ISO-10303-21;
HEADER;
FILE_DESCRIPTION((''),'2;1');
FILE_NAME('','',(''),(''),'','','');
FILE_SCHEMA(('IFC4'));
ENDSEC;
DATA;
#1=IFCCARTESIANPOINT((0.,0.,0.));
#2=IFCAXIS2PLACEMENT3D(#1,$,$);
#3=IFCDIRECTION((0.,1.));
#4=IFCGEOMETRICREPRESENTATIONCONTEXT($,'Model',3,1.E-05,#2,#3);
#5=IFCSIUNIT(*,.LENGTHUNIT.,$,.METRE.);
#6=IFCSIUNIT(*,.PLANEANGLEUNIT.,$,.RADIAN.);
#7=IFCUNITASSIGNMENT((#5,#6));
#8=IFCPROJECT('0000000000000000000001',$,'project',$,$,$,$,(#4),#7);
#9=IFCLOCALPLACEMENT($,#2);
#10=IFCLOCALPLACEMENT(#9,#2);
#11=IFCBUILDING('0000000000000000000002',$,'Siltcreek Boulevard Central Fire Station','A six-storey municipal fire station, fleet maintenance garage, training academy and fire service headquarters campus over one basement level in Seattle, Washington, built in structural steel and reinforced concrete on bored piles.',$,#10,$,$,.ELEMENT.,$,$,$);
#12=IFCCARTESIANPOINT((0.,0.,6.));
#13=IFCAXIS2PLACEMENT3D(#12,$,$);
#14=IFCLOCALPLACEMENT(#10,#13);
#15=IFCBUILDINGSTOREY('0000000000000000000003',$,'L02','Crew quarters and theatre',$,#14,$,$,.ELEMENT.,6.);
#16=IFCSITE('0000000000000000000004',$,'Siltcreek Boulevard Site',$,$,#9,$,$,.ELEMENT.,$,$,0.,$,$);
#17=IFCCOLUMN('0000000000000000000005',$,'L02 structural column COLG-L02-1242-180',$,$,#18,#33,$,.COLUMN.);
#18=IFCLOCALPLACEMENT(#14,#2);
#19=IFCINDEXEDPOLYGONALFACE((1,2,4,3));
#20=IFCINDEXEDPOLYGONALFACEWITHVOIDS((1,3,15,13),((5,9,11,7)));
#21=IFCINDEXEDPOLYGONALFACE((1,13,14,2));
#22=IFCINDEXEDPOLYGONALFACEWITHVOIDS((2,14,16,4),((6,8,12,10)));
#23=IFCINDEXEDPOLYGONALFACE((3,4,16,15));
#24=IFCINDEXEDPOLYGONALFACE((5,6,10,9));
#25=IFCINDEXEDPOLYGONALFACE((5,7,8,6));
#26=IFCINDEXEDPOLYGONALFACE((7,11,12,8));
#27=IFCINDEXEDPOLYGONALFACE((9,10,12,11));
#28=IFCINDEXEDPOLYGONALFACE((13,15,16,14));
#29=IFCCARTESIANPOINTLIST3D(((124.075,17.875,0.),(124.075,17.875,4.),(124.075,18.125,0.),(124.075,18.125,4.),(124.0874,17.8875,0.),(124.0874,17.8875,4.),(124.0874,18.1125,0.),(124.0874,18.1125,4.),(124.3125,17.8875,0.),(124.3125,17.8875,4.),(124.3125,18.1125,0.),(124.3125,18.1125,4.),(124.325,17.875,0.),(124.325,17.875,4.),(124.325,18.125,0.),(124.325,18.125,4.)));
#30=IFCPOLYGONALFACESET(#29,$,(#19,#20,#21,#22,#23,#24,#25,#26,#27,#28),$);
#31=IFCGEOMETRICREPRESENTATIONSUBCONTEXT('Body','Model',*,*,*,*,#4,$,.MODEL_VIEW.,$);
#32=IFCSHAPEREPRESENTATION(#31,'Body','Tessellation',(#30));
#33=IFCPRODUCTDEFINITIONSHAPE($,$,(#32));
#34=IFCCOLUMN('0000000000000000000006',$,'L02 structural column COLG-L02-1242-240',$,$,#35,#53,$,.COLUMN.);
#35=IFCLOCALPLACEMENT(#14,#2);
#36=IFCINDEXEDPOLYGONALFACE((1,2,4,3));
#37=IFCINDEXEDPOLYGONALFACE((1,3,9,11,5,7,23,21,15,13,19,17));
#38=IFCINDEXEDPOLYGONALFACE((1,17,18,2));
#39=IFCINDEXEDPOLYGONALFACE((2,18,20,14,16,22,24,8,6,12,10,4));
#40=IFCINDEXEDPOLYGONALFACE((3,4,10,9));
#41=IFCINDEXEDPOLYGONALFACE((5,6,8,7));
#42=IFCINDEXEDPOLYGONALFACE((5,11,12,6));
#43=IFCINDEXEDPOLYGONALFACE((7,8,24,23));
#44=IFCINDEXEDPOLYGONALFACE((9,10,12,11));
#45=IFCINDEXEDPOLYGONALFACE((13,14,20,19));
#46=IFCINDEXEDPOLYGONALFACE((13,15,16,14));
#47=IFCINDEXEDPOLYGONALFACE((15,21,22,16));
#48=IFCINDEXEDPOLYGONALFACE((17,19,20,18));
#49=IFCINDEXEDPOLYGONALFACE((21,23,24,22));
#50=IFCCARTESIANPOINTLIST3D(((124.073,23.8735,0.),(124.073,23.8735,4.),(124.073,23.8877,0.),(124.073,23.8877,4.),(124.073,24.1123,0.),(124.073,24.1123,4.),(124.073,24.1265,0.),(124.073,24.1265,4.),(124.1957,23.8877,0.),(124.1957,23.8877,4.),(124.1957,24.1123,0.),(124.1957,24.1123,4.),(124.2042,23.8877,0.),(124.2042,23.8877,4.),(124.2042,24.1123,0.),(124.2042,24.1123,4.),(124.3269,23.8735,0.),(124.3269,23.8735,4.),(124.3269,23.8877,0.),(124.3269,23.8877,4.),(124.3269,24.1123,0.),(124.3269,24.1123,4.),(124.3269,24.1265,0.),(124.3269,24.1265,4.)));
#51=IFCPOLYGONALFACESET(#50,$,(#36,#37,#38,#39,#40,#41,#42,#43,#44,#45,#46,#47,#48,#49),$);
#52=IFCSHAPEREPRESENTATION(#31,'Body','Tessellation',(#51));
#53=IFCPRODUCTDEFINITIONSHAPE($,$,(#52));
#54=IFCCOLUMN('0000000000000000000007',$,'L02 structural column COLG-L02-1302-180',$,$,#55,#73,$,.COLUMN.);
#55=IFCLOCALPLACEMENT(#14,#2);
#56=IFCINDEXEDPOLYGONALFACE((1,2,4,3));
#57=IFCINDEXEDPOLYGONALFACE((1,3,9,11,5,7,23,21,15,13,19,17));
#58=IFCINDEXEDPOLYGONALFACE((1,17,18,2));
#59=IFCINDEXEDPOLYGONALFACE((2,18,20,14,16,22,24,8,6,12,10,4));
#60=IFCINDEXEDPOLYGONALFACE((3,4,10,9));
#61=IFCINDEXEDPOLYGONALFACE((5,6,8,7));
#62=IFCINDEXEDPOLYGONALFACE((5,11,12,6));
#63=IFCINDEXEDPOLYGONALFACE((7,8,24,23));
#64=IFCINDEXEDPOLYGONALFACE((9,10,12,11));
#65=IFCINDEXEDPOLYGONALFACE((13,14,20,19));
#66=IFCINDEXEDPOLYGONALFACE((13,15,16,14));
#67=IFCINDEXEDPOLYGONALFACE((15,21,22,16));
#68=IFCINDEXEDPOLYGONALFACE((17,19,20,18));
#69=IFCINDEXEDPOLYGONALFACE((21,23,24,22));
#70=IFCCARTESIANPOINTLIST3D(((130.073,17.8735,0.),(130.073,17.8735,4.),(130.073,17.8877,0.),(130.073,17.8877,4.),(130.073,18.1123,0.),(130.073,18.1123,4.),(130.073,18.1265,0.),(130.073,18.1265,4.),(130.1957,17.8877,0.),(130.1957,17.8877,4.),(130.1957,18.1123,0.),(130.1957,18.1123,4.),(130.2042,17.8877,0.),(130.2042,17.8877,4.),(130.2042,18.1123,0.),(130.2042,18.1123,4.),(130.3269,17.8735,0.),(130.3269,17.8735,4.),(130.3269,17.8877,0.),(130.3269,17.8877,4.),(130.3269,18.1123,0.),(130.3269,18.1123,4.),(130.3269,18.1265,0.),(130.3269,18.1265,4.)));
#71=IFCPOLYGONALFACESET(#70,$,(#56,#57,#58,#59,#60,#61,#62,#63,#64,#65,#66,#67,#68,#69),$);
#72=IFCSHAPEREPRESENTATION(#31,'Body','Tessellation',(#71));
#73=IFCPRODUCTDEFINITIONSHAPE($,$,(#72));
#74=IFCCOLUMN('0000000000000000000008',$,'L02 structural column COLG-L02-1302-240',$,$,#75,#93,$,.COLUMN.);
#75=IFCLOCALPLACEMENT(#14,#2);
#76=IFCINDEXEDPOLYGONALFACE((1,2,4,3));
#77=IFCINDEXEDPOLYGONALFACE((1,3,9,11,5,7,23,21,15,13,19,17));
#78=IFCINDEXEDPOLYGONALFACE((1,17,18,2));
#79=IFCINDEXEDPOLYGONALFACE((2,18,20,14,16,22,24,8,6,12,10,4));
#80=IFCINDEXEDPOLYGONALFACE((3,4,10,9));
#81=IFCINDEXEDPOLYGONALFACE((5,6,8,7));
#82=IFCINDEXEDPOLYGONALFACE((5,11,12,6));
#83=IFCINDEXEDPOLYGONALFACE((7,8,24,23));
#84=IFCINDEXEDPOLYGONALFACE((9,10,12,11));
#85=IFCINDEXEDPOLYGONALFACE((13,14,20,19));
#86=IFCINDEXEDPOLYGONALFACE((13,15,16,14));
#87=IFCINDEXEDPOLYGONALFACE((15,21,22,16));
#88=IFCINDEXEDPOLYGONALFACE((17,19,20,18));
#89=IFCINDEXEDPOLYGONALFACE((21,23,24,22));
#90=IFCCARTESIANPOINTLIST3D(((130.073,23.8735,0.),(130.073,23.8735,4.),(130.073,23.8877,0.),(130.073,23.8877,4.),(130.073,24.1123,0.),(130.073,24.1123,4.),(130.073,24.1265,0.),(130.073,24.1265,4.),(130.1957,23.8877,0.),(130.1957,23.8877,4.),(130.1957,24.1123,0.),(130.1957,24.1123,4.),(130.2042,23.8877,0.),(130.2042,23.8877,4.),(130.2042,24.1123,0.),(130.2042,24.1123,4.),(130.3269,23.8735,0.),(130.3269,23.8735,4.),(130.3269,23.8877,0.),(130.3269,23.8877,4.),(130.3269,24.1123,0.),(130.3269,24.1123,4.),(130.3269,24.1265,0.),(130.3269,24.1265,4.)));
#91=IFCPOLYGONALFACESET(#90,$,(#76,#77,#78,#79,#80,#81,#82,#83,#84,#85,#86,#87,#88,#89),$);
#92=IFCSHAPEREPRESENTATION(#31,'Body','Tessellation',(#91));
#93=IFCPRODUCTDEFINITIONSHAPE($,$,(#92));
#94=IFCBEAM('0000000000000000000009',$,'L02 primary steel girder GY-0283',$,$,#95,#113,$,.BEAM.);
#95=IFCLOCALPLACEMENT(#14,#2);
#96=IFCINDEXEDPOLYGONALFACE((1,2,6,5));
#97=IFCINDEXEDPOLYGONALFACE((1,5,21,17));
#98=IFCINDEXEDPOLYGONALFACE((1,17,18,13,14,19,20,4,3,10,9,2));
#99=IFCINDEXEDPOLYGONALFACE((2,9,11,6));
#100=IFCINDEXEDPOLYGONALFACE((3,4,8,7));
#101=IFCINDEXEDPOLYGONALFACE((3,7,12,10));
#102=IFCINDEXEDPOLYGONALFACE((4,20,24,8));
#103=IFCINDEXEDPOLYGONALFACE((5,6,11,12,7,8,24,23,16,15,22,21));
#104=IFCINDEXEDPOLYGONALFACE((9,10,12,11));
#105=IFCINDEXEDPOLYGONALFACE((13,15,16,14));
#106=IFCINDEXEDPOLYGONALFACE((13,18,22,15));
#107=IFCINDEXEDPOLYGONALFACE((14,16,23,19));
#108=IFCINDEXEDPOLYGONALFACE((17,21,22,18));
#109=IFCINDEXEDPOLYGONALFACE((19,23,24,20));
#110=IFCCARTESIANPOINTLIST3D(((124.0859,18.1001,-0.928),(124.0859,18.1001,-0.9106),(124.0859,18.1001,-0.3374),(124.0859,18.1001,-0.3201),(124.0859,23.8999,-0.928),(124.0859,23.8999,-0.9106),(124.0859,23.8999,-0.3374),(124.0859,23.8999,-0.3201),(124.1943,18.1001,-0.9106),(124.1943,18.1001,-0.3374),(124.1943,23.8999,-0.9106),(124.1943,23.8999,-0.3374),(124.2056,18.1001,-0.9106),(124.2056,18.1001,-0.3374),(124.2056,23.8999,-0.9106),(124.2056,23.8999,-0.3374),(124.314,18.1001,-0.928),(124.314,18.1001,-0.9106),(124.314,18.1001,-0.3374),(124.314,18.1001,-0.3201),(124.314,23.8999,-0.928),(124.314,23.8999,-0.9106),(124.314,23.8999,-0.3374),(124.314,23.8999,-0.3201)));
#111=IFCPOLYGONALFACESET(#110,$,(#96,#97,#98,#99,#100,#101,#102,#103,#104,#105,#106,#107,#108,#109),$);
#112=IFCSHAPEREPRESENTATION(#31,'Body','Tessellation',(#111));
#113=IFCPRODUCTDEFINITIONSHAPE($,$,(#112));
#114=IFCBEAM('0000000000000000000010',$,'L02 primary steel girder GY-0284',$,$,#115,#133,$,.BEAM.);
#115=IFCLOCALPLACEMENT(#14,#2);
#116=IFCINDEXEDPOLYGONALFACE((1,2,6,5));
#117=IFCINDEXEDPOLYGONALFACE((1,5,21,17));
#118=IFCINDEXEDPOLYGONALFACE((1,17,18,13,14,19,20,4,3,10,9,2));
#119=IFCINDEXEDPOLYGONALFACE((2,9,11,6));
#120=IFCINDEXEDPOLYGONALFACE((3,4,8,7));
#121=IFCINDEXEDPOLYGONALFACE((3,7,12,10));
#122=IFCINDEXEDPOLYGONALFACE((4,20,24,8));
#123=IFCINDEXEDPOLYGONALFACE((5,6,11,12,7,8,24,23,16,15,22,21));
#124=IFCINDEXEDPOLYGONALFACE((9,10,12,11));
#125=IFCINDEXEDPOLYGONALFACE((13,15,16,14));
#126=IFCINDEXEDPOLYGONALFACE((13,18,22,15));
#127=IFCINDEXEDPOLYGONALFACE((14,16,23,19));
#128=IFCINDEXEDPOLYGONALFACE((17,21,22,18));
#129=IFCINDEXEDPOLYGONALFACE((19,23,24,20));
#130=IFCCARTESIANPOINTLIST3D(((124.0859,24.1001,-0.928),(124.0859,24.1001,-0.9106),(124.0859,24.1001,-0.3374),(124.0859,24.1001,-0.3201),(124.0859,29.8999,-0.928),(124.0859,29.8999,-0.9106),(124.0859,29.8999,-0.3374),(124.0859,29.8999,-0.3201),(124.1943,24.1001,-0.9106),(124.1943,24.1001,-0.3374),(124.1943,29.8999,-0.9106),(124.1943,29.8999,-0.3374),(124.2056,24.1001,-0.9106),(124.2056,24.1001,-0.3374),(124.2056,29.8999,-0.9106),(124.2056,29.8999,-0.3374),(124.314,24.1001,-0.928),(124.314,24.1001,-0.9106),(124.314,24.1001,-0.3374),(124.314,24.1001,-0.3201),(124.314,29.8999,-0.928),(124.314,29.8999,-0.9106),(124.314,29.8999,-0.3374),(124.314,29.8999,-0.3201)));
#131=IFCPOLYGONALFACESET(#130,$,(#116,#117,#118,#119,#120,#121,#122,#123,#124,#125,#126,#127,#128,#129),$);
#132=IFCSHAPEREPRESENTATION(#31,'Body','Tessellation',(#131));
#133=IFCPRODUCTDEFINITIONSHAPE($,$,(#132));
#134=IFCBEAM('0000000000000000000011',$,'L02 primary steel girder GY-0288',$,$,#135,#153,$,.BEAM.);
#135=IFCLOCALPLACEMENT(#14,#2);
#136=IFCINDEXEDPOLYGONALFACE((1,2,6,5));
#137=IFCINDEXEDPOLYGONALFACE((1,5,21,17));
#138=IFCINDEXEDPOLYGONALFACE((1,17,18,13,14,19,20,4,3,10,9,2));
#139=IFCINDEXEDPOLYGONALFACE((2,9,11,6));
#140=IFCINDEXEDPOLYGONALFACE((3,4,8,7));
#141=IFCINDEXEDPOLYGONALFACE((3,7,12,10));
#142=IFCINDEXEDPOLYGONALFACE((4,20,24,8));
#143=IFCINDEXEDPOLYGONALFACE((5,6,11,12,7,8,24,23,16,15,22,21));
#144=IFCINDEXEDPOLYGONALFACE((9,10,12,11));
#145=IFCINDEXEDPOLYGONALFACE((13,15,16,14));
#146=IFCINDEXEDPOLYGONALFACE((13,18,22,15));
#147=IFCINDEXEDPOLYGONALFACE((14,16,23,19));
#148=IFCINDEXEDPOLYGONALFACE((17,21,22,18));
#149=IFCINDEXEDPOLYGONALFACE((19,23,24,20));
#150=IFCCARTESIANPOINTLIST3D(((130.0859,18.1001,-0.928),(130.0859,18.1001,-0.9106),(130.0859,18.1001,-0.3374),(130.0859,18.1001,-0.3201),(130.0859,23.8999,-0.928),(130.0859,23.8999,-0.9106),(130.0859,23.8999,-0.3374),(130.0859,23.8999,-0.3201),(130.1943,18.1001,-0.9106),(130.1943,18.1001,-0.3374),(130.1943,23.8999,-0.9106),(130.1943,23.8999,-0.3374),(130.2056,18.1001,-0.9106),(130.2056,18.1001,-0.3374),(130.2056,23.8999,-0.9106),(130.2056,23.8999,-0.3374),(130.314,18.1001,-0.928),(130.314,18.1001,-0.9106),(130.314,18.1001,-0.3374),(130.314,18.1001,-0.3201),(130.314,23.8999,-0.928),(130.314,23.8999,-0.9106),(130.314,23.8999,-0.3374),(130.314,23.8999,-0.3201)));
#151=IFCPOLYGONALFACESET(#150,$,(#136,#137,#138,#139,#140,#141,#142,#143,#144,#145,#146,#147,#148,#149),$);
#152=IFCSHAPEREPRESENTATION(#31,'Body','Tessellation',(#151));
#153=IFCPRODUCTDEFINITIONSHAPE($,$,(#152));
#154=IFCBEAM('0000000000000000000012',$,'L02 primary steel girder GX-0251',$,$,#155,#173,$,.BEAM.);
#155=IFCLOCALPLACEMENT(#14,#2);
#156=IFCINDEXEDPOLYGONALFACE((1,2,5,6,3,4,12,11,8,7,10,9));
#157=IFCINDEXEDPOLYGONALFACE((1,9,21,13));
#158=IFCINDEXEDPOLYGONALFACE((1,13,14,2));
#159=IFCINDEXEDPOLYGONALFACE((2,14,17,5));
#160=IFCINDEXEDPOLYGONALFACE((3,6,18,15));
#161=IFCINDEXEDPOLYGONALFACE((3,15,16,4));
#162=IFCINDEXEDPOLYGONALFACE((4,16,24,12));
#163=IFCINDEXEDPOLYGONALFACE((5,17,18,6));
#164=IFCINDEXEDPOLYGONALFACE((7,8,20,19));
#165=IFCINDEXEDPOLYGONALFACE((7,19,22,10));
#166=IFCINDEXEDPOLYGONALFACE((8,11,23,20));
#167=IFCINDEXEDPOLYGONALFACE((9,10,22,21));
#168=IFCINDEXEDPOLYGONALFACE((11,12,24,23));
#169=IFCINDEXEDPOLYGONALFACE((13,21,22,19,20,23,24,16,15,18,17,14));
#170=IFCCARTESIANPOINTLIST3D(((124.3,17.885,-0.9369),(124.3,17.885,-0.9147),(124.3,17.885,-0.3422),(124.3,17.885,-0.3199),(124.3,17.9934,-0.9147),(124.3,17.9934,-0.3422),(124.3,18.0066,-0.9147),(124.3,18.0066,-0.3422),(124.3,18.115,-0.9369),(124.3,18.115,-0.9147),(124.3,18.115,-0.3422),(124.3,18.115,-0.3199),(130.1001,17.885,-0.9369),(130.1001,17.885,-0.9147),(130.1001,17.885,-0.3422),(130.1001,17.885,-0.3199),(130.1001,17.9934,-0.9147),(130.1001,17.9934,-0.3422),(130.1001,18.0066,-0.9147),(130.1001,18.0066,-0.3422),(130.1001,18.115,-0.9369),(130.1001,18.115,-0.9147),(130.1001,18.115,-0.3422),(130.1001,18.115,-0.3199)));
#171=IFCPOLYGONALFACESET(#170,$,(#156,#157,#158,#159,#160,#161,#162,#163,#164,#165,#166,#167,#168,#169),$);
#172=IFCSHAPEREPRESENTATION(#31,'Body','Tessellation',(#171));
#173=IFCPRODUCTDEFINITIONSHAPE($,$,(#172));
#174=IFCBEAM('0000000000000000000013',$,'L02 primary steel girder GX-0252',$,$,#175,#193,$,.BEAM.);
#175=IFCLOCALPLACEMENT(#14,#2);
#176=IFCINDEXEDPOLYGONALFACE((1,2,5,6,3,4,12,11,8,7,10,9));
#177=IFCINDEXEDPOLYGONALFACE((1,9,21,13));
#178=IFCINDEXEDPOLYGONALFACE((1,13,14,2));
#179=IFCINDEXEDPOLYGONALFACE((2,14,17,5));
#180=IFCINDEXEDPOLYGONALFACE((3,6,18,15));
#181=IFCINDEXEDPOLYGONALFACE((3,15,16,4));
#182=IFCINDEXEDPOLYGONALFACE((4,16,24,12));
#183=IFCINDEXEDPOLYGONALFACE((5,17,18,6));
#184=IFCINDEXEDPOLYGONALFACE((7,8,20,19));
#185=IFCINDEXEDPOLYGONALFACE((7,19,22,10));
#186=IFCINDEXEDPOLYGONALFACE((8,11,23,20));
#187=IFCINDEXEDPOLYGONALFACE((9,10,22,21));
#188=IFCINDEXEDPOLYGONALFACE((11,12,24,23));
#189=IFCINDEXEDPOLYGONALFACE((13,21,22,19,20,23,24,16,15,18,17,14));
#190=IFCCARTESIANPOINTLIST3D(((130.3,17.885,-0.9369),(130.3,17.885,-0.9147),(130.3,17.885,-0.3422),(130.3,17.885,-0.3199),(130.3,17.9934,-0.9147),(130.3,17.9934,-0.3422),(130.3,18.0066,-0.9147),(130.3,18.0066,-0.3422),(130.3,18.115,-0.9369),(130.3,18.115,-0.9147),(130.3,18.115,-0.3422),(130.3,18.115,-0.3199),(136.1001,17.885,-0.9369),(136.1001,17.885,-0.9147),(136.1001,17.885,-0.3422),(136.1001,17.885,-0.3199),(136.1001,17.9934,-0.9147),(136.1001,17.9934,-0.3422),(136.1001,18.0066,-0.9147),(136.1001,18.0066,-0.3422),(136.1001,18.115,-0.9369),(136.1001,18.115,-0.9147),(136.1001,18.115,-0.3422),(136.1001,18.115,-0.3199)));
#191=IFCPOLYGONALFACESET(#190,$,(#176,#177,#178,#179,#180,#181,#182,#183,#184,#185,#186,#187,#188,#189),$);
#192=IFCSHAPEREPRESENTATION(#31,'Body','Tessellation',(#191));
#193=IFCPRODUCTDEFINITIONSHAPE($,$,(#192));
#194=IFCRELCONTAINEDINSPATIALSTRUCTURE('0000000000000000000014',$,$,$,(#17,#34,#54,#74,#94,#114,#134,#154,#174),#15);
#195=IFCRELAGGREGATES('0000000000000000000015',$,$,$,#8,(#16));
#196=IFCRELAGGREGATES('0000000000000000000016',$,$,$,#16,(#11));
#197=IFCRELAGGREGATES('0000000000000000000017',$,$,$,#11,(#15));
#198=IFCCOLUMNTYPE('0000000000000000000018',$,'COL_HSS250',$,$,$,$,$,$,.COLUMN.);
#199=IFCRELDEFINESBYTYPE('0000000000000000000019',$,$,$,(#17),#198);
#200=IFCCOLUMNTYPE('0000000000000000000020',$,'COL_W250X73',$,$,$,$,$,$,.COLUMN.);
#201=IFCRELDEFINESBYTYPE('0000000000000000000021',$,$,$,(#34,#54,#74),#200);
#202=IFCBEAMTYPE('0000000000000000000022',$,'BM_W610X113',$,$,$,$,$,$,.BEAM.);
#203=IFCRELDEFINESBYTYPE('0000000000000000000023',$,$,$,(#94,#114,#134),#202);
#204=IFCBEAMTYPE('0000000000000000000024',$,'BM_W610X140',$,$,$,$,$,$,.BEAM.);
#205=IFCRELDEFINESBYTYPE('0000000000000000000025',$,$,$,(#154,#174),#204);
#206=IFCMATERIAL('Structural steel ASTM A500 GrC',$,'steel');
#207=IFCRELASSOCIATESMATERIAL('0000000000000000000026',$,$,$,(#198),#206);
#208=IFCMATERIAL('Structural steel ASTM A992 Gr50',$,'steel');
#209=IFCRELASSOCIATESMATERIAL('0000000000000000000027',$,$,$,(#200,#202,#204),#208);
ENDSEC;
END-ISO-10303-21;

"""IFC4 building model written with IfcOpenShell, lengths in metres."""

from ifc_helpers import new_model, si_unit, direction, frame, origin, origin_2d, place, context, subcontext, project, spatial, hollow_rectangle, i_section, extrude, material, material_profile, profile_set, type_object, element, save


model = new_model("IFC4")

# Units and contexts
model_context = context("Model", 3, precision=1e-05, world=origin(), true_north=direction((0.0, 1.0)))
body_context = subcontext(model_context, "Body", "Model", "MODEL_VIEW")
ifc_project = project(units=[si_unit("LENGTHUNIT", "METRE"), si_unit("PLANEANGLEUNIT", "RADIAN")], contexts=[model_context])

# Site, building, storey
site_placement = place(None, origin())
site = spatial("IfcSite", under=ifc_project, at=site_placement, Name="Siltcreek Boulevard Site", CompositionType="ELEMENT", RefElevation=0.0)
building_placement = place(site_placement, origin())
building = spatial("IfcBuilding", under=site, at=building_placement, Name="Siltcreek Boulevard Central Fire Station", Description="A six-storey municipal fire station, fleet maintenance garage, training academy and fire service headquarters campus over one basement level in Seattle, Washington, built in structural steel and reinforced concrete on bored piles.", CompositionType="ELEMENT")
storey_placement = place(building_placement, frame((0.0, 0.0, 6.0)))
storey = spatial("IfcBuildingStorey", under=building, at=storey_placement, Name="L02", Description="Crew quarters and theatre", CompositionType="ELEMENT", Elevation=6.0)

# Columns
ifc_material_1 = material(Name="Structural steel ASTM A500 GrC", Category="steel")
ifc_material_profile_1 = material_profile(ifc_material_1, hollow_rectangle(XDim=0.25, YDim=0.25, WallThickness=0.0125, at=origin_2d()), Name="HSS250X250X12.5")
ifc_profile_set_1 = profile_set([ifc_material_profile_1], Name="Structural steel ASTM A500 GrC")
column_type_1 = type_object("IfcColumnType", Name="COL_HSS250", PredefinedType="COLUMN", material=ifc_profile_set_1)
column_placement = place(storey_placement, frame((124.2, 18.0, 0.0), z_axis=(0.0, 0.0, 1.0), x_axis=(1.0, 0.0, 0.0)))
element("IfcColumn", 1, at=column_placement, inside=storey, type_object=column_type_1, Name="L02 structural column COLG-L02-1242-180", PredefinedType="COLUMN", context=body_context, shape_type="SweptSolid", body=[
    extrude(hollow_rectangle(XDim=0.25, YDim=0.25, WallThickness=0.0125, at=origin_2d()), origin(), (0.0, 0.0, 1.0), 4.0),
])
ifc_material_2 = material(Name="Structural steel ASTM A992 Gr50", Category="steel")
ifc_material_profile_2 = material_profile(ifc_material_2, i_section(OverallWidth=0.2539, OverallDepth=0.2529, WebThickness=0.0085, FlangeThickness=0.0142, at=origin_2d()), Name="W250X73")
ifc_profile_set_2 = profile_set([ifc_material_profile_2], Name="Structural steel ASTM A992 Gr50")
column_type_2 = type_object("IfcColumnType", Name="COL_W250X73", PredefinedType="COLUMN", material=ifc_profile_set_2)
for number, where, z_axis, x_axis, name in (
    (2, (124.2, 24.0, 0.0), (0.0, 0.0, 1.0), (1.0, 0.0, 0.0), "L02 structural column COLG-L02-1242-240"),
    (3, (130.2, 18.0, 0.0), (0.0, 0.0, 1.0), (1.0, 0.0, 0.0), "L02 structural column COLG-L02-1302-180"),
    (4, (130.2, 24.0, 0.0), (0.0, 0.0, 1.0), (1.0, 0.0, 0.0), "L02 structural column COLG-L02-1302-240"),
):
    element("IfcColumn", number, at=place(storey_placement, frame(where, z_axis=z_axis, x_axis=x_axis)), inside=storey, type_object=column_type_2, Name=name, PredefinedType="COLUMN", context=body_context, shape_type="SweptSolid", body=[
        extrude(i_section(OverallWidth=0.2539, OverallDepth=0.2529, WebThickness=0.0085, FlangeThickness=0.0142, at=origin_2d()), origin(), (0.0, 0.0, 1.0), 4.0),
    ])

# Beams
ifc_material_profile_3 = material_profile(ifc_material_2, i_section(OverallWidth=0.228, OverallDepth=0.6079, WebThickness=0.0112, FlangeThickness=0.0173, at=origin_2d()), Name="W610X113")
ifc_profile_set_3 = profile_set([ifc_material_profile_3], Name="Structural steel ASTM A992 Gr50")
beam_type_1 = type_object("IfcBeamType", Name="BM_W610X113", PredefinedType="BEAM", material=ifc_profile_set_3)
for number, where, z_axis, x_axis, name in (
    (5, (124.2, 18.1001, -0.624), (0.0, 1.0, 0.0), (-1.0, 0.0, 0.0), "L02 primary steel girder GY-0283"),
    (6, (124.2, 24.1001, -0.624), (0.0, 1.0, 0.0), (-1.0, 0.0, 0.0), "L02 primary steel girder GY-0284"),
    (7, (130.2, 18.1001, -0.624), (0.0, 1.0, 0.0), (-1.0, 0.0, 0.0), "L02 primary steel girder GY-0288"),
):
    element("IfcBeam", number, at=place(storey_placement, frame(where, z_axis=z_axis, x_axis=x_axis)), inside=storey, type_object=beam_type_1, Name=name, PredefinedType="BEAM", context=body_context, shape_type="SweptSolid", body=[
        extrude(i_section(OverallWidth=0.228, OverallDepth=0.6079, WebThickness=0.0112, FlangeThickness=0.0173, at=origin_2d()), origin(), (0.0, 0.0, 1.0), 5.7998),
    ])
ifc_material_profile_4 = material_profile(ifc_material_2, i_section(OverallWidth=0.23, OverallDepth=0.6169, WebThickness=0.0132, FlangeThickness=0.0222, at=origin_2d()), Name="W610X140")
ifc_profile_set_4 = profile_set([ifc_material_profile_4], Name="Structural steel ASTM A992 Gr50")
beam_type_2 = type_object("IfcBeamType", Name="BM_W610X140", PredefinedType="BEAM", material=ifc_profile_set_4)
for number, where, z_axis, x_axis, name in (
    (8, (124.3, 18.0, -0.6284), (1.0, 0.0, 0.0), (0.0, 1.0, 0.0), "L02 primary steel girder GX-0251"),
    (9, (130.3, 18.0, -0.6284), (1.0, 0.0, 0.0), (0.0, 1.0, 0.0), "L02 primary steel girder GX-0252"),
):
    element("IfcBeam", number, at=place(storey_placement, frame(where, z_axis=z_axis, x_axis=x_axis)), inside=storey, type_object=beam_type_2, Name=name, PredefinedType="BEAM", context=body_context, shape_type="SweptSolid", body=[
        extrude(i_section(OverallWidth=0.23, OverallDepth=0.6169, WebThickness=0.0132, FlangeThickness=0.0222, at=origin_2d()), origin(), (0.0, 0.0, 1.0), 5.8),
    ])

save(model, "model.ifc")
